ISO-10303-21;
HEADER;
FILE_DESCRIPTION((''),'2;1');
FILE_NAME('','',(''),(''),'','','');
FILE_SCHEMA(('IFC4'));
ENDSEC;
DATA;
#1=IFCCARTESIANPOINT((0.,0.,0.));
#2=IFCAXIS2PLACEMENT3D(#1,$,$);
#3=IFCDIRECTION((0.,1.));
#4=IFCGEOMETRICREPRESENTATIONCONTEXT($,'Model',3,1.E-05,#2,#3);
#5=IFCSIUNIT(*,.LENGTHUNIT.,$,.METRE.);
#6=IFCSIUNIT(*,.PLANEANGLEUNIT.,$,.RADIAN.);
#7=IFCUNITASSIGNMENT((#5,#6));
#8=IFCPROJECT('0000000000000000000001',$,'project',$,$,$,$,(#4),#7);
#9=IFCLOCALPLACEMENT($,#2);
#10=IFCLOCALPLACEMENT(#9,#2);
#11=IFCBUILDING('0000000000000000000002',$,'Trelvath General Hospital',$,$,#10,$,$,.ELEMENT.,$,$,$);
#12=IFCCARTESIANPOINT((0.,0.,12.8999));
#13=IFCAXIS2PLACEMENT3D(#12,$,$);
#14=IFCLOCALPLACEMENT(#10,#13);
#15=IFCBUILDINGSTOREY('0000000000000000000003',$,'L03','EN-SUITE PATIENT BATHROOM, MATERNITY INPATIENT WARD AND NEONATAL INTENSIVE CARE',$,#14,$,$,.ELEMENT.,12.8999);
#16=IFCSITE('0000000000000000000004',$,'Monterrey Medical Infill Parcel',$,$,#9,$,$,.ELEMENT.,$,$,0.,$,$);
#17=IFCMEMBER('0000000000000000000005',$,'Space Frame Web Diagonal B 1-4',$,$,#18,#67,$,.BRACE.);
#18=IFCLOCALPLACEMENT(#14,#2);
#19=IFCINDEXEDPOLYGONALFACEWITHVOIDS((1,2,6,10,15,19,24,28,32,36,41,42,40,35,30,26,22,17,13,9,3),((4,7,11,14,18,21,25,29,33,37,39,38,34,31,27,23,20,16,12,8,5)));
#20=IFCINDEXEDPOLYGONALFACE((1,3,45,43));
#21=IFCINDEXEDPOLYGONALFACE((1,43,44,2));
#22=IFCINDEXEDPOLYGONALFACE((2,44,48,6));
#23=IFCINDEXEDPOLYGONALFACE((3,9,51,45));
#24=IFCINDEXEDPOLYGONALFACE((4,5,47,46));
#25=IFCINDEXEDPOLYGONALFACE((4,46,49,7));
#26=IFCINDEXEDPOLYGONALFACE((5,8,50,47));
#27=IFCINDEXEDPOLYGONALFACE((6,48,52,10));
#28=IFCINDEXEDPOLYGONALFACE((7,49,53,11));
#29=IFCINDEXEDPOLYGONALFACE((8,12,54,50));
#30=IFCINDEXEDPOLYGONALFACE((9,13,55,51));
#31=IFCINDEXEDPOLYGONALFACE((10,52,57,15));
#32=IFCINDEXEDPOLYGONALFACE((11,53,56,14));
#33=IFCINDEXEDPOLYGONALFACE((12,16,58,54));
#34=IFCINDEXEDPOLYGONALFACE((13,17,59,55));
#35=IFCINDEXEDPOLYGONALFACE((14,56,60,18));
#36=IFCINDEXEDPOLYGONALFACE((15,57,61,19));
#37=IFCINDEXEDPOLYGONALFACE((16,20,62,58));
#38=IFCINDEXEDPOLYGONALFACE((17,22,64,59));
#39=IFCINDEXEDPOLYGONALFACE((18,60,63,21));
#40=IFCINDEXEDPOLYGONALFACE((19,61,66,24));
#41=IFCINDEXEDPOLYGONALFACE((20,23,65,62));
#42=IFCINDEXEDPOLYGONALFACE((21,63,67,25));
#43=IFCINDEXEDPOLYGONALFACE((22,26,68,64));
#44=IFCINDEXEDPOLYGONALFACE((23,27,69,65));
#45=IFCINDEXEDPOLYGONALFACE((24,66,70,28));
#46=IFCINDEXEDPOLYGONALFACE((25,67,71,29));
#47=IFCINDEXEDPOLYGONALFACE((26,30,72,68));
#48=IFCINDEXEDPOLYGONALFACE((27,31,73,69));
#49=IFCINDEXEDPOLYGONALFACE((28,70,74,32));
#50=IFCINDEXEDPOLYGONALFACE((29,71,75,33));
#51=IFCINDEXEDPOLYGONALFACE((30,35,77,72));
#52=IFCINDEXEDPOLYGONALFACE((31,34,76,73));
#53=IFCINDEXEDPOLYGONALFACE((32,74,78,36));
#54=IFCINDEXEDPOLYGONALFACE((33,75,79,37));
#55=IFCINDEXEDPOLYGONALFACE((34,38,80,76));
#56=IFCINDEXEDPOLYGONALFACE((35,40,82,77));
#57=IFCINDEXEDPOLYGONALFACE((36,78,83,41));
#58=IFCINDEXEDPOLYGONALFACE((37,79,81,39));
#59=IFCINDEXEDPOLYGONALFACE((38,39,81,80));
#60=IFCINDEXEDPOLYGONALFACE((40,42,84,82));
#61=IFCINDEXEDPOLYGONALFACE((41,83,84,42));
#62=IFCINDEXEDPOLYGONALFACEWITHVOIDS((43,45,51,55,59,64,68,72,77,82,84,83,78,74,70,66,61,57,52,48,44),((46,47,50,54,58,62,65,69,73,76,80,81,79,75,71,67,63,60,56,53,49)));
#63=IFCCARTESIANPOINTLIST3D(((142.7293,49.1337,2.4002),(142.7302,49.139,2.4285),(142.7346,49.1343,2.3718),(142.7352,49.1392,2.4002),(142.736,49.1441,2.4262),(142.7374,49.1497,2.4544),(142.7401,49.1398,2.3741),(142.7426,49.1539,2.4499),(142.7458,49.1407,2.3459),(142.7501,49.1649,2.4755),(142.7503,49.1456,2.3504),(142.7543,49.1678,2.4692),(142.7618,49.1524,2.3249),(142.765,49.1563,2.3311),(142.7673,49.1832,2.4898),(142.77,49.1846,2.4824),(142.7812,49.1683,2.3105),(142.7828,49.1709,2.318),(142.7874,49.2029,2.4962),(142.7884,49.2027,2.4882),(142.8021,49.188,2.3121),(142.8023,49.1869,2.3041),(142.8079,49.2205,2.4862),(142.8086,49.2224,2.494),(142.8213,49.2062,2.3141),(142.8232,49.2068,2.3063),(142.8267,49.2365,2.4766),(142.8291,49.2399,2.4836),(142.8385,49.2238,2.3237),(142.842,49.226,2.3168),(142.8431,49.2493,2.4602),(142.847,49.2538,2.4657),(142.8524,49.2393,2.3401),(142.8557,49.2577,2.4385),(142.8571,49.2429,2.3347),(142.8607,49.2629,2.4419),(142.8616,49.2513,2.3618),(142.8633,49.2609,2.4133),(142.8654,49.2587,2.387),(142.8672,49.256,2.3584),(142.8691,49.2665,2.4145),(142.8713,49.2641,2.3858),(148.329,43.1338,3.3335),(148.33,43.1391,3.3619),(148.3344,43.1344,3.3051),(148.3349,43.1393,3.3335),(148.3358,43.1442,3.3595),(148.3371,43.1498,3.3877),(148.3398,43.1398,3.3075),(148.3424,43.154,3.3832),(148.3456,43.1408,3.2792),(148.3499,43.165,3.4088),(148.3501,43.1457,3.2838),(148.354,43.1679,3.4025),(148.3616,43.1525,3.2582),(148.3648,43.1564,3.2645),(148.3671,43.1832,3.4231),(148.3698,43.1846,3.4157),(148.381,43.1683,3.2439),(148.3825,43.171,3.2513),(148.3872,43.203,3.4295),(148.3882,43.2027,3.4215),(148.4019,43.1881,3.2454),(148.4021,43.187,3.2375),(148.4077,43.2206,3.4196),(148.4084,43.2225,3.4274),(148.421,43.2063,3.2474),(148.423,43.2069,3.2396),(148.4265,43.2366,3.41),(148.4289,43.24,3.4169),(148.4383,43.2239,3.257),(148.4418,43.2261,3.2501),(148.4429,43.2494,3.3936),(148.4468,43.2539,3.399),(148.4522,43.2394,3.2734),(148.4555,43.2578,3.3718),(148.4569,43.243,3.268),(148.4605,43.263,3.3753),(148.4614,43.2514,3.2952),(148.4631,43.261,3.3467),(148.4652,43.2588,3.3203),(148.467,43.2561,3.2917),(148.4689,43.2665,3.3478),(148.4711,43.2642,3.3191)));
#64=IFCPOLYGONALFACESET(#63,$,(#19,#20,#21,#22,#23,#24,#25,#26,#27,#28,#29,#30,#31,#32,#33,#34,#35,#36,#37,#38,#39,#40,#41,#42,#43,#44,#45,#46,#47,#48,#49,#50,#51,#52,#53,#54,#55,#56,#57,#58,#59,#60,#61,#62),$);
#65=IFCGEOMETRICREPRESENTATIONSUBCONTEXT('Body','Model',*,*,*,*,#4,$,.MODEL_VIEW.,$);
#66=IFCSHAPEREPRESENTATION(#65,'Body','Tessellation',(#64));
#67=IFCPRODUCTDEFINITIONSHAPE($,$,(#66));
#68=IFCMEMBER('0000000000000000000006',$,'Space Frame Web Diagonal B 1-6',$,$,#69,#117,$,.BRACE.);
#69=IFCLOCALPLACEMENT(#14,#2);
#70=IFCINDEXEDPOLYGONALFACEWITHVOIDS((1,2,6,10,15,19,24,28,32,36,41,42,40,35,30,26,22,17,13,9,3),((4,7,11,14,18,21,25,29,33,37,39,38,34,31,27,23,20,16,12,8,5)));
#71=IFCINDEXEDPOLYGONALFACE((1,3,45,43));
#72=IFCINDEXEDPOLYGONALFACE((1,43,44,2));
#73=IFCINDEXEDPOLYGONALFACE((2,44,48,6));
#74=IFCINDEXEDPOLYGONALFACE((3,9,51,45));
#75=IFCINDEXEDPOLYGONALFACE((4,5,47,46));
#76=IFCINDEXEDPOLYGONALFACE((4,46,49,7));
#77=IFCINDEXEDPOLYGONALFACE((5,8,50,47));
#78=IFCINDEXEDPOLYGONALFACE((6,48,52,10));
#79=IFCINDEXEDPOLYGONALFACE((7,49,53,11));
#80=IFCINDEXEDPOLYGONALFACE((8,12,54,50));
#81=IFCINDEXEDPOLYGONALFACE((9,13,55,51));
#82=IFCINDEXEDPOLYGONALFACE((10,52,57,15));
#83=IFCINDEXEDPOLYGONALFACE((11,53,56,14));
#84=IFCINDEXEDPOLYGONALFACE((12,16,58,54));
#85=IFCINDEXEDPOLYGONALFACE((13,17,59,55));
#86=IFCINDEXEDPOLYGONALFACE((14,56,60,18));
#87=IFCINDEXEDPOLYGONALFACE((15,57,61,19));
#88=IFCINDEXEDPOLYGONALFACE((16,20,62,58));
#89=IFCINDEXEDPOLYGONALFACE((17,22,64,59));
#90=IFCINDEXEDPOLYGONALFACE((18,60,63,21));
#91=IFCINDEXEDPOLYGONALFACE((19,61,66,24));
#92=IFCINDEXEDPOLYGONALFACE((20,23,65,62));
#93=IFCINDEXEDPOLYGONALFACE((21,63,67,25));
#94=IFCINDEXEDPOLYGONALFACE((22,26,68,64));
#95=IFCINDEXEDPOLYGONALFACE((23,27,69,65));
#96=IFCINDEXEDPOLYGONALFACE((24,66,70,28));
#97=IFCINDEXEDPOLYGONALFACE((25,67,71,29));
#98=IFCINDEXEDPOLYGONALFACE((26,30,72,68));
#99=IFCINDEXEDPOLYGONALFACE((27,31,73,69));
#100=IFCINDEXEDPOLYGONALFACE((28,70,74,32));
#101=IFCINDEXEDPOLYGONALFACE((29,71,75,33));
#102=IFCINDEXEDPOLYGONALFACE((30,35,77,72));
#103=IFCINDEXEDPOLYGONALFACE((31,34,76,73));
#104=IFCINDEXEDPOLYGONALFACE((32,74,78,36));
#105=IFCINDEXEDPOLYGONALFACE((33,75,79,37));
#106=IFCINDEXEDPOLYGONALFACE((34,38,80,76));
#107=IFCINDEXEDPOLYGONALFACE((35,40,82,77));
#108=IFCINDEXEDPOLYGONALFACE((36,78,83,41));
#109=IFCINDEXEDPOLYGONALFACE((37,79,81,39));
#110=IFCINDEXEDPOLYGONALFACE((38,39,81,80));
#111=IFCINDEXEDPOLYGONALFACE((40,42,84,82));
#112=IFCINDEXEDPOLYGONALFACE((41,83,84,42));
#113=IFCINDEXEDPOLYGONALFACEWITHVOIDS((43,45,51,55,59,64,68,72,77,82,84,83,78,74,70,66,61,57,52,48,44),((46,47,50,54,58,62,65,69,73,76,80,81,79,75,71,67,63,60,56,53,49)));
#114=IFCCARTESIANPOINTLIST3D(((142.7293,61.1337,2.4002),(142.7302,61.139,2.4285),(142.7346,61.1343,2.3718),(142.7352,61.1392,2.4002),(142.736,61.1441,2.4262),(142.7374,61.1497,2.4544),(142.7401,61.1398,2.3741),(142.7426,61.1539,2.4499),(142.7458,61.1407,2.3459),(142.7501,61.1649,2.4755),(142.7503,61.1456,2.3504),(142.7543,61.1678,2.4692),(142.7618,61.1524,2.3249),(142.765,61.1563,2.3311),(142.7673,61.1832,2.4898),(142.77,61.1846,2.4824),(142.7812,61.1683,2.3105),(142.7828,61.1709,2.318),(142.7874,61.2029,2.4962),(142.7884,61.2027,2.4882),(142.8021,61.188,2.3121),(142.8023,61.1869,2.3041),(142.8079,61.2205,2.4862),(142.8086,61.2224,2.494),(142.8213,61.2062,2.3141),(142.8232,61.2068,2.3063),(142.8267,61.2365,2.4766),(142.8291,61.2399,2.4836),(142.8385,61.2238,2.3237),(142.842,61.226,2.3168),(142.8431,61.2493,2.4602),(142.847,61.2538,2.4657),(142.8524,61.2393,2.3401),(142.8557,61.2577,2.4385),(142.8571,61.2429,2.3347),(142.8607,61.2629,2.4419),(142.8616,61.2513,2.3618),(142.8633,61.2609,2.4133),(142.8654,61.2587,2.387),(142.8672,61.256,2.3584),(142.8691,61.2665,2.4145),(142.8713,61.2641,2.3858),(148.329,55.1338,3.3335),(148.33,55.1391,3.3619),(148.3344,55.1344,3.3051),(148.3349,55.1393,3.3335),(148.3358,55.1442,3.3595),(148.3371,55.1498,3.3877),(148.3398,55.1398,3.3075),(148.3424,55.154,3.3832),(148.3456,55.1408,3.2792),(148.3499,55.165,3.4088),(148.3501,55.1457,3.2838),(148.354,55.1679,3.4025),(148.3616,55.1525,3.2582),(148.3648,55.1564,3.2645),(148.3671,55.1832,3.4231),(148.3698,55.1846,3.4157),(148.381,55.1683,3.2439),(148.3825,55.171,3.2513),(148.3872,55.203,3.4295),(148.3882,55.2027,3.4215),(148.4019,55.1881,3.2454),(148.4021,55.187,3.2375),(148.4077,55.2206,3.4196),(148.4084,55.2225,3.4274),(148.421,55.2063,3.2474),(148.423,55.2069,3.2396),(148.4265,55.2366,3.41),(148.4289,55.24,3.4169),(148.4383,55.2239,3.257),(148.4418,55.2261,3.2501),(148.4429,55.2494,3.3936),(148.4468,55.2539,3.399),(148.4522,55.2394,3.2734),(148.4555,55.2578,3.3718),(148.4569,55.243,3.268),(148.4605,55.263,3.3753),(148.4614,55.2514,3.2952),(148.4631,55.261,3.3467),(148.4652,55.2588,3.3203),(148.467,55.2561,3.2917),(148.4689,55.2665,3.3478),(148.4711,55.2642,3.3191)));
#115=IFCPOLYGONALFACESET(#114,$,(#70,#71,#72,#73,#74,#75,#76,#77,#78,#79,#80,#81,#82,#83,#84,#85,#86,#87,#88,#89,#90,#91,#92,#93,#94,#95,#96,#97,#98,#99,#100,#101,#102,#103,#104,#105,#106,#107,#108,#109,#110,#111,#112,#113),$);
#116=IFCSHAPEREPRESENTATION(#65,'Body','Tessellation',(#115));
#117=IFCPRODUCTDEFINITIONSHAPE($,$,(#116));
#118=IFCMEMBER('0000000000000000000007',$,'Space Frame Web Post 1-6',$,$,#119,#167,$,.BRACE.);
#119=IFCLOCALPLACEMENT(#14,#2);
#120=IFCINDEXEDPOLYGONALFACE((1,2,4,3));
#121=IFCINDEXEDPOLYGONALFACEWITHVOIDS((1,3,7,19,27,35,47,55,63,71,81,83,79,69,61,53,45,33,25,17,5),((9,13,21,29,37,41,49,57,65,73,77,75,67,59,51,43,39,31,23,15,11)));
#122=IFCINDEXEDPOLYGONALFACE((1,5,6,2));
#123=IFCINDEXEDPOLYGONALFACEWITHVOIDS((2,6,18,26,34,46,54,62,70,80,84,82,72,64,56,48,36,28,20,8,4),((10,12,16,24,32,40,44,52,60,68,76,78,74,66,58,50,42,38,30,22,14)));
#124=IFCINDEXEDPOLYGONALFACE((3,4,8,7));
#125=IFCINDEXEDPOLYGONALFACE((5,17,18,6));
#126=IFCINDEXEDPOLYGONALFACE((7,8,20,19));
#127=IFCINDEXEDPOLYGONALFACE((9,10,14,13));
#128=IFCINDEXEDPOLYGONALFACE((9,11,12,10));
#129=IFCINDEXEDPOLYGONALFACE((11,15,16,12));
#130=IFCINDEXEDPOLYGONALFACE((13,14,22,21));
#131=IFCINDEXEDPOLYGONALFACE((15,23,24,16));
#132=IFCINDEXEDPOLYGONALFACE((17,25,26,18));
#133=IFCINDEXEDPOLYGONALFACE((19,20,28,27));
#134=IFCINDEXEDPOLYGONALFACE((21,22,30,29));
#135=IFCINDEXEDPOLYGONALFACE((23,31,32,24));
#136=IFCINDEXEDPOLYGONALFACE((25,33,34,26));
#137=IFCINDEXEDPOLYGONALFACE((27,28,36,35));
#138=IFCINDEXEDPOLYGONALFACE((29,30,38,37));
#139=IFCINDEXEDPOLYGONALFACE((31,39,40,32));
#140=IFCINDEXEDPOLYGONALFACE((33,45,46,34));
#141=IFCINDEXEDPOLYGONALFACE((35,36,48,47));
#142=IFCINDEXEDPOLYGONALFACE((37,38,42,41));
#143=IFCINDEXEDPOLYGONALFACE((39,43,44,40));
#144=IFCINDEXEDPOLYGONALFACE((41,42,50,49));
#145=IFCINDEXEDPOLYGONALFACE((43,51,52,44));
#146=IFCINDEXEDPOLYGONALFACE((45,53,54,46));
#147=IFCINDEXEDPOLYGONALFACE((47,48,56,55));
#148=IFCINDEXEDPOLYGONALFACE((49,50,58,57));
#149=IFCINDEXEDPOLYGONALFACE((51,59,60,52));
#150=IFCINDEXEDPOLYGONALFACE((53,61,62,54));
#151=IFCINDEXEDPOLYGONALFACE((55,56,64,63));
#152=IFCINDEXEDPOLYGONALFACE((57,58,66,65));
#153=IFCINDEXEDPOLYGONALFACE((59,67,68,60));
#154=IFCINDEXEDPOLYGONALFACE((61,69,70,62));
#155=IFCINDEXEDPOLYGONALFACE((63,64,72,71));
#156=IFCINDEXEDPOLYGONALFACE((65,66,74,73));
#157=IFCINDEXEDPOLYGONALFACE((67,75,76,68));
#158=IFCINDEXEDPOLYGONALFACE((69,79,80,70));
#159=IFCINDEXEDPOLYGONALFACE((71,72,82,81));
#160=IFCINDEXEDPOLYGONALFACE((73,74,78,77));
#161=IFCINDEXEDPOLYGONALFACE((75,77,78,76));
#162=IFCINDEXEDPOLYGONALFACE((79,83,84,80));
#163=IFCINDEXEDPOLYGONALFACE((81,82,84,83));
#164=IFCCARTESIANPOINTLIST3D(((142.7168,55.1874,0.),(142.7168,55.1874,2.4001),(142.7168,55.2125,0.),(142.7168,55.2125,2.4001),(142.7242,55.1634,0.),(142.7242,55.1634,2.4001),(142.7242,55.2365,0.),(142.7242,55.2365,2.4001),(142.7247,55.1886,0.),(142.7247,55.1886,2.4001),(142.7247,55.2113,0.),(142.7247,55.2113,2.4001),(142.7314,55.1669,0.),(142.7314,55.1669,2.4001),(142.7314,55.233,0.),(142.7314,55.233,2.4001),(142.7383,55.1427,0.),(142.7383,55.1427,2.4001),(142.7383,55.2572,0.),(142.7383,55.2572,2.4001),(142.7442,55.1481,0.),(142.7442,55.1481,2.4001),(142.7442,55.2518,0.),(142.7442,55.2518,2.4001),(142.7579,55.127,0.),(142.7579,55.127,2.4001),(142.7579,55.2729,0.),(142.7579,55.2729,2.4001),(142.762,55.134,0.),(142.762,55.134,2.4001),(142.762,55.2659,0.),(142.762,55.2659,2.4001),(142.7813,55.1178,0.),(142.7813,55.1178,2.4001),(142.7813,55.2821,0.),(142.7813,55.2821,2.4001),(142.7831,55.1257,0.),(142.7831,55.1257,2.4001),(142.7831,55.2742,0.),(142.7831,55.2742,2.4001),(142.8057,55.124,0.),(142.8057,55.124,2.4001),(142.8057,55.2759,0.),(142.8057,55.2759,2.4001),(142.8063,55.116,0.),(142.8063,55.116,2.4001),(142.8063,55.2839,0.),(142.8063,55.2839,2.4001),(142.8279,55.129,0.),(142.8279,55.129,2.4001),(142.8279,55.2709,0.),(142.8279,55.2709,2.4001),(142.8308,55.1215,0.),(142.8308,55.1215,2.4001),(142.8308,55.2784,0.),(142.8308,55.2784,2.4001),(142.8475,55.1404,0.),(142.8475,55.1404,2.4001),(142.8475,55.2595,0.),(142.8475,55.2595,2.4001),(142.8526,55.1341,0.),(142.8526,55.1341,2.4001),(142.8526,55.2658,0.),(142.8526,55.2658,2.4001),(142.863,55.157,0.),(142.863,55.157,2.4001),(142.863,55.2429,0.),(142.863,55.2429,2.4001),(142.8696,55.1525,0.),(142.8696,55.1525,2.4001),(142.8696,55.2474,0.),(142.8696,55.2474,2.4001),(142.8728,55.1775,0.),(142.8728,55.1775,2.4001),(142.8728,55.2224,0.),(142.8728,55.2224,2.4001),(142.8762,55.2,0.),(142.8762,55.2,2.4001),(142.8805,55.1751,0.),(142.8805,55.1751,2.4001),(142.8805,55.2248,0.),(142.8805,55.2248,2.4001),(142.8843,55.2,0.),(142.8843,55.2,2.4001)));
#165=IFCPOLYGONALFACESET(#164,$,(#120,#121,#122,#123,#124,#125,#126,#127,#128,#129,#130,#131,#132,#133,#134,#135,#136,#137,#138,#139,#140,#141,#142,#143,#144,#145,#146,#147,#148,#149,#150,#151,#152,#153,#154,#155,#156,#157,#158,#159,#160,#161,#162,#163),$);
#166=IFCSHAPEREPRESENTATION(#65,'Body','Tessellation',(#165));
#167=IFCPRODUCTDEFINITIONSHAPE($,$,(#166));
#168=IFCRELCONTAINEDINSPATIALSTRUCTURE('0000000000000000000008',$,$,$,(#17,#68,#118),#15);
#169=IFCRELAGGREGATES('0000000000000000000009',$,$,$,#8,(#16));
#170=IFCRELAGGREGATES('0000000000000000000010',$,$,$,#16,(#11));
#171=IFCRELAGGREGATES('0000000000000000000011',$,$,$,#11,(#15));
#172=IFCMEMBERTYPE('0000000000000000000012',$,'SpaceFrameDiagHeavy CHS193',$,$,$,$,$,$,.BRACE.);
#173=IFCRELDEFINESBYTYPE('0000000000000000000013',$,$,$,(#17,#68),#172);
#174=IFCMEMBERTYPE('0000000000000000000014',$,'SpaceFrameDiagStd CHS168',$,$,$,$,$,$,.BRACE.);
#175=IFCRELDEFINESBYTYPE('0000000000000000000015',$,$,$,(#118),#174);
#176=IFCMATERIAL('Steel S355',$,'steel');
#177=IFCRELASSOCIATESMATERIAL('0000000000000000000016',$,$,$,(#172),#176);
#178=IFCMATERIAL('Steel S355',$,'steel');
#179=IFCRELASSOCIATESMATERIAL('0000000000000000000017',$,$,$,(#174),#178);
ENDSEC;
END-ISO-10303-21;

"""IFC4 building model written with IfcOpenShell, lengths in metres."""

from ifc_helpers import new_model, si_unit, direction, frame, origin, origin_2d, place, context, subcontext, project, spatial, hollow_circle, extrude, material, material_profile, profile_set, type_object, element, save


model = new_model("IFC4")

# Units and contexts
model_context = context("Model", 3, precision=1e-05, world=origin(), true_north=direction((0.0, 1.0)))
body_context = subcontext(model_context, "Body", "Model", "MODEL_VIEW")
ifc_project = project(units=[si_unit("LENGTHUNIT", "METRE"), si_unit("PLANEANGLEUNIT", "RADIAN")], contexts=[model_context])

# Site, building, storey
site_placement = place(None, origin())
site = spatial("IfcSite", under=ifc_project, at=site_placement, Name="Monterrey Medical Infill Parcel", CompositionType="ELEMENT", RefElevation=0.0)
building_placement = place(site_placement, origin())
building = spatial("IfcBuilding", under=site, at=building_placement, Name="Trelvath General Hospital", CompositionType="ELEMENT")
storey_placement = place(building_placement, frame((0.0, 0.0, 12.8999)))
storey = spatial("IfcBuildingStorey", under=building, at=storey_placement, Name="L03", Description="EN-SUITE PATIENT BATHROOM, MATERNITY INPATIENT WARD AND NEONATAL INTENSIVE CARE", CompositionType="ELEMENT", Elevation=12.8999)

# Members
ifc_material_1 = material(Name="Steel S355", Category="steel")
ifc_material_profile_1 = material_profile(ifc_material_1, hollow_circle(Radius=0.0969, WallThickness=0.0081, at=origin_2d()), Name="CHS193.7x8.0")
ifc_profile_set_1 = profile_set([ifc_material_profile_1], Name="Steel S355")
member_type_1 = type_object("IfcMemberType", Name="SpaceFrameDiagHeavy CHS193", PredefinedType="BRACE", material=ifc_profile_set_1)
for number, where, z_axis, x_axis, name in (
    (1, (148.3999, 43.2, 3.3335), (-0.677939, 0.726382, -0.112995), (-0.731064, -0.682309, 0.0), "Space Frame Web Diagonal B 1-4"),
    (2, (148.3999, 55.2, 3.3335), (-0.677939, 0.726382, -0.112995), (-0.731064, -0.682309, 0.0), "Space Frame Web Diagonal B 1-6"),
):
    element("IfcMember", number, at=place(storey_placement, frame(where, z_axis=z_axis, x_axis=x_axis)), inside=storey, type_object=member_type_1, Name=name, PredefinedType="BRACE", context=body_context, shape_type="SweptSolid", body=[
        extrude(hollow_circle(Radius=0.0969, WallThickness=0.0081, at=origin_2d()), origin(), (0.0, 0.0, 1.0), 8.26),
    ])
ifc_material_2 = material(Name="Steel S355", Category="steel")
ifc_material_profile_2 = material_profile(ifc_material_2, hollow_circle(Radius=0.0842, WallThickness=0.0081, at=origin_2d()), Name="CHS168.3x8.0")
ifc_profile_set_2 = profile_set([ifc_material_profile_2], Name="Steel S355")
member_type_2 = type_object("IfcMemberType", Name="SpaceFrameDiagStd CHS168", PredefinedType="BRACE", material=ifc_profile_set_2)
for number, where, z_axis, x_axis, name in (
    (3, (142.8, 55.2, 0.0), (0.0, 0.0, 1.0), (1.0, 0.0, 0.0), "Space Frame Web Post 1-6"),
):
    element("IfcMember", number, at=place(storey_placement, frame(where, z_axis=z_axis, x_axis=x_axis)), inside=storey, type_object=member_type_2, Name=name, PredefinedType="BRACE", context=body_context, shape_type="SweptSolid", body=[
        extrude(hollow_circle(Radius=0.0842, WallThickness=0.0081, at=origin_2d()), origin(), (0.0, 0.0, 1.0), 2.4001),
    ])

save(model, "model.ifc")
